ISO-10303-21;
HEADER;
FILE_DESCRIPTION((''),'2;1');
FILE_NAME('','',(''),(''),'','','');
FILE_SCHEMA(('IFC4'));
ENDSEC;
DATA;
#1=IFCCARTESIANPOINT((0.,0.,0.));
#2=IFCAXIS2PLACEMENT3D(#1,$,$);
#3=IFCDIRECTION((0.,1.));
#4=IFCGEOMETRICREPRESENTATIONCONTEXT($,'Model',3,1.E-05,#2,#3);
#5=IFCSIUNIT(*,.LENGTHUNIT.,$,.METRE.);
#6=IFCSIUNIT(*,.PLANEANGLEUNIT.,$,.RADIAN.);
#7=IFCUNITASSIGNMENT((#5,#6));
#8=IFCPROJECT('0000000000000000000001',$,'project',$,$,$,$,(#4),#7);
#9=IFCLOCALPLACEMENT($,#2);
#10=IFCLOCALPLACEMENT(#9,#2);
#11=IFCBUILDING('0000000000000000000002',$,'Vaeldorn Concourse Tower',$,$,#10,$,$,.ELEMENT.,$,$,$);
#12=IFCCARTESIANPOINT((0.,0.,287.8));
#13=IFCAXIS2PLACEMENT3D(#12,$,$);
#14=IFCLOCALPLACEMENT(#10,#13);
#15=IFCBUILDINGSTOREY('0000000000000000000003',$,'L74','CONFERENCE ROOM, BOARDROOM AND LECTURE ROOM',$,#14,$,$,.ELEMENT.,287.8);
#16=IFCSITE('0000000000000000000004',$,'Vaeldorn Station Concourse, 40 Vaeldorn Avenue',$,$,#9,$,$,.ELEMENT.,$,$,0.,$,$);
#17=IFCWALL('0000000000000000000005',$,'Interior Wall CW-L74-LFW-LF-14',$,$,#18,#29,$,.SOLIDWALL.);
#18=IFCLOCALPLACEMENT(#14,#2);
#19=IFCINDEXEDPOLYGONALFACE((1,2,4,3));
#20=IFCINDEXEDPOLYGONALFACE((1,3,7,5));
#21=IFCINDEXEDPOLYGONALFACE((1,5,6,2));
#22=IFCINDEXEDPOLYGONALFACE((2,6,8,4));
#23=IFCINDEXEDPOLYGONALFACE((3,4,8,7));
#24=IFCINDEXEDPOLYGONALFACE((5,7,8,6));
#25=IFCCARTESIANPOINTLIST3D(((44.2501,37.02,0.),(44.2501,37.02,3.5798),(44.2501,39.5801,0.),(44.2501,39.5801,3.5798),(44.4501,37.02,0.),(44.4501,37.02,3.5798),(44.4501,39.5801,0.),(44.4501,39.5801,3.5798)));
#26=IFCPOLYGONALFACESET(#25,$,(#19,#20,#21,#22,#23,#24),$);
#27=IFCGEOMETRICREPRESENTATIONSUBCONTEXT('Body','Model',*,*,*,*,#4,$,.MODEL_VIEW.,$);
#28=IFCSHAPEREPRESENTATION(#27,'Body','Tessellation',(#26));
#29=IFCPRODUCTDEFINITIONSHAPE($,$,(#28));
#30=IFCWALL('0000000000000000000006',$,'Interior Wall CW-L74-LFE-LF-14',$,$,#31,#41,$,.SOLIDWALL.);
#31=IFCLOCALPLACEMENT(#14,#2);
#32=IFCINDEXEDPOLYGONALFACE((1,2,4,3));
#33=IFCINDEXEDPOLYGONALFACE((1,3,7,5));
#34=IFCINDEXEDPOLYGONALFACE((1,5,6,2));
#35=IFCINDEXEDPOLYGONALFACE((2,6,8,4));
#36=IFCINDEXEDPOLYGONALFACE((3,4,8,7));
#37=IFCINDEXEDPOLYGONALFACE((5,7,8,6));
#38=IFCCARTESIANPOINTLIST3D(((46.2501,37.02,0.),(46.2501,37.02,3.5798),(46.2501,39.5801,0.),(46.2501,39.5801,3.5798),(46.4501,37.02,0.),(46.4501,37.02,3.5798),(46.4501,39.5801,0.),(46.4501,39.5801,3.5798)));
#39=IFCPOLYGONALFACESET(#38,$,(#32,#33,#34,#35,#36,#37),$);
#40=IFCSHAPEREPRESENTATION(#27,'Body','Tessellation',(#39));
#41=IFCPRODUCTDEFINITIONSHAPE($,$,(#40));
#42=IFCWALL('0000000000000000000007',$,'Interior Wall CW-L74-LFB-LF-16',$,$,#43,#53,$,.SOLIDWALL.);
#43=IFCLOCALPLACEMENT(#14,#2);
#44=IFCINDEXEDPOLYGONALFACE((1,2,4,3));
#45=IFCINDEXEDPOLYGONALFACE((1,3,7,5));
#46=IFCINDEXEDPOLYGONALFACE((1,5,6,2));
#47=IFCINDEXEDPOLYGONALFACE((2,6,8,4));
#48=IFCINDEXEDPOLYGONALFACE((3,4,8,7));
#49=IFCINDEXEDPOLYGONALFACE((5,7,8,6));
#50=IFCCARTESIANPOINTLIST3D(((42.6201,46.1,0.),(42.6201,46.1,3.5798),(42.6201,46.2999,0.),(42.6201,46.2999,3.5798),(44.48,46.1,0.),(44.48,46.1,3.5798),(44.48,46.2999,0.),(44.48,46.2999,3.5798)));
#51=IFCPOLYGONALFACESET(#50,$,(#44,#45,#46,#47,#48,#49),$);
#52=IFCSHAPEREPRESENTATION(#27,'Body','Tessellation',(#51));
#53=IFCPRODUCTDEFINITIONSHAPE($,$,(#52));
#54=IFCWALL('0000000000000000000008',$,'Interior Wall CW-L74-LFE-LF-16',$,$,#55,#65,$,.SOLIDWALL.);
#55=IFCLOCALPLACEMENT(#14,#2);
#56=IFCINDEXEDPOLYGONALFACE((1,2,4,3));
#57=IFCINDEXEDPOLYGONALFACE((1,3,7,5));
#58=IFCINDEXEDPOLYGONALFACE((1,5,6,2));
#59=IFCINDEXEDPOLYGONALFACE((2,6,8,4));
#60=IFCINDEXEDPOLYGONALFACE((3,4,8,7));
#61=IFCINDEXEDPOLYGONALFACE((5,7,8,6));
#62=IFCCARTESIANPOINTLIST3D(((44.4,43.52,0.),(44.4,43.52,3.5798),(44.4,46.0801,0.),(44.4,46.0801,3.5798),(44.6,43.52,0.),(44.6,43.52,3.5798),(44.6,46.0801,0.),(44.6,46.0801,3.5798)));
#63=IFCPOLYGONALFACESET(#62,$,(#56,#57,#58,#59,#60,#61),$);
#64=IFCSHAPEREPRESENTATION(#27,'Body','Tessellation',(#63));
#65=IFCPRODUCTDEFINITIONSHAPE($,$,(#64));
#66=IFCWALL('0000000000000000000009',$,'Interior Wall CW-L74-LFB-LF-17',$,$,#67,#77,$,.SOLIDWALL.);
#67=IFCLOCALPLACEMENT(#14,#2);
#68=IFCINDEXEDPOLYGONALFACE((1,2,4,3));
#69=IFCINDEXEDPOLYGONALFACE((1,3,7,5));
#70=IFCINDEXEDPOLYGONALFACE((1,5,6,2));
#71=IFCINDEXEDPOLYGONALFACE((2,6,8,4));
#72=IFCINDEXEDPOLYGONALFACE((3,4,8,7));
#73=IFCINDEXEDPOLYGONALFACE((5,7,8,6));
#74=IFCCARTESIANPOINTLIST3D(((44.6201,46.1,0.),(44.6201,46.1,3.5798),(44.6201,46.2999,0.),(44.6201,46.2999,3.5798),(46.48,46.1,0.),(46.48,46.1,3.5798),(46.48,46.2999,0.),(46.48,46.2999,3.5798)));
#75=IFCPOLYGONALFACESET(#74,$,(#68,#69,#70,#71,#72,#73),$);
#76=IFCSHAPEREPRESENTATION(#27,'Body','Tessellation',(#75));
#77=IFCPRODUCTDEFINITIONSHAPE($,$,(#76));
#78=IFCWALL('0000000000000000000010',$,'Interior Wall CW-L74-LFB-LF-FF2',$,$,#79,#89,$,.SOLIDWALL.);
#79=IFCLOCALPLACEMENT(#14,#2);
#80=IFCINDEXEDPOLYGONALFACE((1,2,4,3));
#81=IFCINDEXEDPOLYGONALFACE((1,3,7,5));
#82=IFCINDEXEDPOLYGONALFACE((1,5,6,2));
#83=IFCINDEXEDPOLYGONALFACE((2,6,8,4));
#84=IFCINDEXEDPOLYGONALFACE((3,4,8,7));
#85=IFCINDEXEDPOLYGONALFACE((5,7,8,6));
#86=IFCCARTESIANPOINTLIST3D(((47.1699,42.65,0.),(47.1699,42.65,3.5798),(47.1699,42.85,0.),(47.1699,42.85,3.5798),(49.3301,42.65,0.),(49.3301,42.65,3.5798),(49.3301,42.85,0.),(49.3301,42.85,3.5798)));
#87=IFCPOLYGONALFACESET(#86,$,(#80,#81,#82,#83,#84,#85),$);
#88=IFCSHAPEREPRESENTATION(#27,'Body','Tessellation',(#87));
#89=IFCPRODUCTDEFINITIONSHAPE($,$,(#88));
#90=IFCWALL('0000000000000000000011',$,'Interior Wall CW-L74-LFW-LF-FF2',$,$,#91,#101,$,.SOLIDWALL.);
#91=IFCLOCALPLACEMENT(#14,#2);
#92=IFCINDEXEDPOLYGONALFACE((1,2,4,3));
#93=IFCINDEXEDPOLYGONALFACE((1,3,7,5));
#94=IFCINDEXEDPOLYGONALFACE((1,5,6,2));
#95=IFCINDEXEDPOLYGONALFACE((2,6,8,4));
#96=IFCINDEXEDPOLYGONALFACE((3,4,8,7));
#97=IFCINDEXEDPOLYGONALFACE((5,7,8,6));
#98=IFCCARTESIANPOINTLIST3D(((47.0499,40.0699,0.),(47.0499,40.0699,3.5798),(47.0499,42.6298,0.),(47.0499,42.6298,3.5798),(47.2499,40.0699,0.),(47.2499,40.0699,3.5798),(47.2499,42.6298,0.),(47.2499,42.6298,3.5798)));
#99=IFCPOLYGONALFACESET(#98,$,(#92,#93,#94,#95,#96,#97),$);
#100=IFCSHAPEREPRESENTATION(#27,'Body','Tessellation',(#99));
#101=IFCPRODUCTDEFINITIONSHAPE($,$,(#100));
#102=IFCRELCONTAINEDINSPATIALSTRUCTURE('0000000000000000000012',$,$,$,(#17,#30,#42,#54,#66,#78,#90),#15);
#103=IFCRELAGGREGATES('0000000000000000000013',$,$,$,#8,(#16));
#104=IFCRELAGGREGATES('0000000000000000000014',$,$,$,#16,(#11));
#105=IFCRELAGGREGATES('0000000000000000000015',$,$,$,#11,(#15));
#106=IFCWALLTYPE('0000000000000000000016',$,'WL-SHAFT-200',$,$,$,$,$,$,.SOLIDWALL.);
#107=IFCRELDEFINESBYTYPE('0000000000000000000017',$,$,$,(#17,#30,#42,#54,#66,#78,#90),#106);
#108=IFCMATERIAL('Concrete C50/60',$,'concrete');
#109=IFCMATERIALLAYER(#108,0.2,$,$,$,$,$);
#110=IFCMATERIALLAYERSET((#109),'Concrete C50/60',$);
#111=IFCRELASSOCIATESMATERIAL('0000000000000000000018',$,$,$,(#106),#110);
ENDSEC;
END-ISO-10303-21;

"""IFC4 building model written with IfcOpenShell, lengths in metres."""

from ifc_helpers import new_model, si_unit, direction, frame, frame_2d, origin, place, context, subcontext, project, spatial, rectangle, extrude, material, layer, layer_set, type_object, element, save


model = new_model("IFC4")

# Units and contexts
model_context = context("Model", 3, precision=1e-05, world=origin(), true_north=direction((0.0, 1.0)))
body_context = subcontext(model_context, "Body", "Model", "MODEL_VIEW")
ifc_project = project(units=[si_unit("LENGTHUNIT", "METRE"), si_unit("PLANEANGLEUNIT", "RADIAN")], contexts=[model_context])

# Site, building, storey
site_placement = place(None, origin())
site = spatial("IfcSite", under=ifc_project, at=site_placement, Name="Vaeldorn Station Concourse, 40 Vaeldorn Avenue", CompositionType="ELEMENT", RefElevation=0.0)
building_placement = place(site_placement, origin())
building = spatial("IfcBuilding", under=site, at=building_placement, Name="Vaeldorn Concourse Tower", CompositionType="ELEMENT")
storey_placement = place(building_placement, frame((0.0, 0.0, 287.8)))
storey = spatial("IfcBuildingStorey", under=building, at=storey_placement, Name="L74", Description="CONFERENCE ROOM, BOARDROOM AND LECTURE ROOM", CompositionType="ELEMENT", Elevation=287.8)

# Shared definitions
ifc_material_1 = material(Name="Concrete C50/60", Category="concrete")

# Shared definitions
ifc_layer_1 = layer(ifc_material_1, 0.2)
ifc_layer_set_1 = layer_set([ifc_layer_1], Name="Concrete C50/60")
wall_type_1 = type_object("IfcWallType", Name="WL-SHAFT-200", PredefinedType="SOLIDWALL", material=ifc_layer_set_1)

# Walls
for number, where, z_axis, x_axis, name in (
    (1, (44.3501, 37.02, 0.0), (0.0, 0.0, 1.0), (0.0, 1.0, 0.0), "Interior Wall CW-L74-LFW-LF-14"),
    (2, (46.3501, 37.02, 0.0), (0.0, 0.0, 1.0), (0.0, 1.0, 0.0), "Interior Wall CW-L74-LFE-LF-14"),
):
    element("IfcWall", number, at=place(storey_placement, frame(where, z_axis=z_axis, x_axis=x_axis)), inside=storey, type_object=wall_type_1, Name=name, PredefinedType="SOLIDWALL", context=body_context, shape_type="SweptSolid", body=[
        extrude(rectangle(XDim=2.5601, YDim=0.2, at=frame_2d((1.28, 0.0))), origin(), (0.0, 0.0, 1.0), 3.5798),
    ])
wall_1_placement = place(storey_placement, frame((42.6201, 46.2, 0.0), z_axis=(0.0, 0.0, 1.0), x_axis=(1.0, 0.0, 0.0)))
element("IfcWall", 3, at=wall_1_placement, inside=storey, type_object=wall_type_1, Name="Interior Wall CW-L74-LFB-LF-16", PredefinedType="SOLIDWALL", context=body_context, shape_type="SweptSolid", body=[
    extrude(rectangle(XDim=1.8599, YDim=0.2, at=frame_2d((0.9299, 0.0))), origin(), (0.0, 0.0, 1.0), 3.5798),
])
wall_2_placement = place(storey_placement, frame((44.5, 43.52, 0.0), z_axis=(0.0, 0.0, 1.0), x_axis=(0.0, 1.0, 0.0)))
element("IfcWall", 4, at=wall_2_placement, inside=storey, type_object=wall_type_1, Name="Interior Wall CW-L74-LFE-LF-16", PredefinedType="SOLIDWALL", context=body_context, shape_type="SweptSolid", body=[
    extrude(rectangle(XDim=2.5601, YDim=0.2, at=frame_2d((1.28, 0.0))), origin(), (0.0, 0.0, 1.0), 3.5798),
])

# Wall
wall_3_placement = place(storey_placement, frame((44.6201, 46.2, 0.0), z_axis=(0.0, 0.0, 1.0), x_axis=(1.0, 0.0, 0.0)))
element("IfcWall", 5, at=wall_3_placement, inside=storey, type_object=wall_type_1, Name="Interior Wall CW-L74-LFB-LF-17", PredefinedType="SOLIDWALL", context=body_context, shape_type="SweptSolid", body=[
    extrude(rectangle(XDim=1.8599, YDim=0.2, at=frame_2d((0.9299, 0.0))), origin(), (0.0, 0.0, 1.0), 3.5798),
])

# Walls
wall_4_placement = place(storey_placement, frame((47.1699, 42.75, 0.0), z_axis=(0.0, 0.0, 1.0), x_axis=(1.0, 0.0, 0.0)))
element("IfcWall", 6, at=wall_4_placement, inside=storey, type_object=wall_type_1, Name="Interior Wall CW-L74-LFB-LF-FF2", PredefinedType="SOLIDWALL", context=body_context, shape_type="SweptSolid", body=[
    extrude(rectangle(XDim=2.1602, YDim=0.2, at=frame_2d((1.0801, 0.0))), origin(), (0.0, 0.0, 1.0), 3.5798),
])
wall_5_placement = place(storey_placement, frame((47.1499, 40.0701, 0.0), z_axis=(0.0, 0.0, 1.0), x_axis=(0.0, 1.0, 0.0)))
element("IfcWall", 7, at=wall_5_placement, inside=storey, type_object=wall_type_1, Name="Interior Wall CW-L74-LFW-LF-FF2", PredefinedType="SOLIDWALL", context=body_context, shape_type="SweptSolid", body=[
    extrude(rectangle(XDim=2.5598, YDim=0.2, at=frame_2d((1.2798, 0.0))), origin(), (0.0, 0.0, 1.0), 3.5798),
])

save(model, "model.ifc")
